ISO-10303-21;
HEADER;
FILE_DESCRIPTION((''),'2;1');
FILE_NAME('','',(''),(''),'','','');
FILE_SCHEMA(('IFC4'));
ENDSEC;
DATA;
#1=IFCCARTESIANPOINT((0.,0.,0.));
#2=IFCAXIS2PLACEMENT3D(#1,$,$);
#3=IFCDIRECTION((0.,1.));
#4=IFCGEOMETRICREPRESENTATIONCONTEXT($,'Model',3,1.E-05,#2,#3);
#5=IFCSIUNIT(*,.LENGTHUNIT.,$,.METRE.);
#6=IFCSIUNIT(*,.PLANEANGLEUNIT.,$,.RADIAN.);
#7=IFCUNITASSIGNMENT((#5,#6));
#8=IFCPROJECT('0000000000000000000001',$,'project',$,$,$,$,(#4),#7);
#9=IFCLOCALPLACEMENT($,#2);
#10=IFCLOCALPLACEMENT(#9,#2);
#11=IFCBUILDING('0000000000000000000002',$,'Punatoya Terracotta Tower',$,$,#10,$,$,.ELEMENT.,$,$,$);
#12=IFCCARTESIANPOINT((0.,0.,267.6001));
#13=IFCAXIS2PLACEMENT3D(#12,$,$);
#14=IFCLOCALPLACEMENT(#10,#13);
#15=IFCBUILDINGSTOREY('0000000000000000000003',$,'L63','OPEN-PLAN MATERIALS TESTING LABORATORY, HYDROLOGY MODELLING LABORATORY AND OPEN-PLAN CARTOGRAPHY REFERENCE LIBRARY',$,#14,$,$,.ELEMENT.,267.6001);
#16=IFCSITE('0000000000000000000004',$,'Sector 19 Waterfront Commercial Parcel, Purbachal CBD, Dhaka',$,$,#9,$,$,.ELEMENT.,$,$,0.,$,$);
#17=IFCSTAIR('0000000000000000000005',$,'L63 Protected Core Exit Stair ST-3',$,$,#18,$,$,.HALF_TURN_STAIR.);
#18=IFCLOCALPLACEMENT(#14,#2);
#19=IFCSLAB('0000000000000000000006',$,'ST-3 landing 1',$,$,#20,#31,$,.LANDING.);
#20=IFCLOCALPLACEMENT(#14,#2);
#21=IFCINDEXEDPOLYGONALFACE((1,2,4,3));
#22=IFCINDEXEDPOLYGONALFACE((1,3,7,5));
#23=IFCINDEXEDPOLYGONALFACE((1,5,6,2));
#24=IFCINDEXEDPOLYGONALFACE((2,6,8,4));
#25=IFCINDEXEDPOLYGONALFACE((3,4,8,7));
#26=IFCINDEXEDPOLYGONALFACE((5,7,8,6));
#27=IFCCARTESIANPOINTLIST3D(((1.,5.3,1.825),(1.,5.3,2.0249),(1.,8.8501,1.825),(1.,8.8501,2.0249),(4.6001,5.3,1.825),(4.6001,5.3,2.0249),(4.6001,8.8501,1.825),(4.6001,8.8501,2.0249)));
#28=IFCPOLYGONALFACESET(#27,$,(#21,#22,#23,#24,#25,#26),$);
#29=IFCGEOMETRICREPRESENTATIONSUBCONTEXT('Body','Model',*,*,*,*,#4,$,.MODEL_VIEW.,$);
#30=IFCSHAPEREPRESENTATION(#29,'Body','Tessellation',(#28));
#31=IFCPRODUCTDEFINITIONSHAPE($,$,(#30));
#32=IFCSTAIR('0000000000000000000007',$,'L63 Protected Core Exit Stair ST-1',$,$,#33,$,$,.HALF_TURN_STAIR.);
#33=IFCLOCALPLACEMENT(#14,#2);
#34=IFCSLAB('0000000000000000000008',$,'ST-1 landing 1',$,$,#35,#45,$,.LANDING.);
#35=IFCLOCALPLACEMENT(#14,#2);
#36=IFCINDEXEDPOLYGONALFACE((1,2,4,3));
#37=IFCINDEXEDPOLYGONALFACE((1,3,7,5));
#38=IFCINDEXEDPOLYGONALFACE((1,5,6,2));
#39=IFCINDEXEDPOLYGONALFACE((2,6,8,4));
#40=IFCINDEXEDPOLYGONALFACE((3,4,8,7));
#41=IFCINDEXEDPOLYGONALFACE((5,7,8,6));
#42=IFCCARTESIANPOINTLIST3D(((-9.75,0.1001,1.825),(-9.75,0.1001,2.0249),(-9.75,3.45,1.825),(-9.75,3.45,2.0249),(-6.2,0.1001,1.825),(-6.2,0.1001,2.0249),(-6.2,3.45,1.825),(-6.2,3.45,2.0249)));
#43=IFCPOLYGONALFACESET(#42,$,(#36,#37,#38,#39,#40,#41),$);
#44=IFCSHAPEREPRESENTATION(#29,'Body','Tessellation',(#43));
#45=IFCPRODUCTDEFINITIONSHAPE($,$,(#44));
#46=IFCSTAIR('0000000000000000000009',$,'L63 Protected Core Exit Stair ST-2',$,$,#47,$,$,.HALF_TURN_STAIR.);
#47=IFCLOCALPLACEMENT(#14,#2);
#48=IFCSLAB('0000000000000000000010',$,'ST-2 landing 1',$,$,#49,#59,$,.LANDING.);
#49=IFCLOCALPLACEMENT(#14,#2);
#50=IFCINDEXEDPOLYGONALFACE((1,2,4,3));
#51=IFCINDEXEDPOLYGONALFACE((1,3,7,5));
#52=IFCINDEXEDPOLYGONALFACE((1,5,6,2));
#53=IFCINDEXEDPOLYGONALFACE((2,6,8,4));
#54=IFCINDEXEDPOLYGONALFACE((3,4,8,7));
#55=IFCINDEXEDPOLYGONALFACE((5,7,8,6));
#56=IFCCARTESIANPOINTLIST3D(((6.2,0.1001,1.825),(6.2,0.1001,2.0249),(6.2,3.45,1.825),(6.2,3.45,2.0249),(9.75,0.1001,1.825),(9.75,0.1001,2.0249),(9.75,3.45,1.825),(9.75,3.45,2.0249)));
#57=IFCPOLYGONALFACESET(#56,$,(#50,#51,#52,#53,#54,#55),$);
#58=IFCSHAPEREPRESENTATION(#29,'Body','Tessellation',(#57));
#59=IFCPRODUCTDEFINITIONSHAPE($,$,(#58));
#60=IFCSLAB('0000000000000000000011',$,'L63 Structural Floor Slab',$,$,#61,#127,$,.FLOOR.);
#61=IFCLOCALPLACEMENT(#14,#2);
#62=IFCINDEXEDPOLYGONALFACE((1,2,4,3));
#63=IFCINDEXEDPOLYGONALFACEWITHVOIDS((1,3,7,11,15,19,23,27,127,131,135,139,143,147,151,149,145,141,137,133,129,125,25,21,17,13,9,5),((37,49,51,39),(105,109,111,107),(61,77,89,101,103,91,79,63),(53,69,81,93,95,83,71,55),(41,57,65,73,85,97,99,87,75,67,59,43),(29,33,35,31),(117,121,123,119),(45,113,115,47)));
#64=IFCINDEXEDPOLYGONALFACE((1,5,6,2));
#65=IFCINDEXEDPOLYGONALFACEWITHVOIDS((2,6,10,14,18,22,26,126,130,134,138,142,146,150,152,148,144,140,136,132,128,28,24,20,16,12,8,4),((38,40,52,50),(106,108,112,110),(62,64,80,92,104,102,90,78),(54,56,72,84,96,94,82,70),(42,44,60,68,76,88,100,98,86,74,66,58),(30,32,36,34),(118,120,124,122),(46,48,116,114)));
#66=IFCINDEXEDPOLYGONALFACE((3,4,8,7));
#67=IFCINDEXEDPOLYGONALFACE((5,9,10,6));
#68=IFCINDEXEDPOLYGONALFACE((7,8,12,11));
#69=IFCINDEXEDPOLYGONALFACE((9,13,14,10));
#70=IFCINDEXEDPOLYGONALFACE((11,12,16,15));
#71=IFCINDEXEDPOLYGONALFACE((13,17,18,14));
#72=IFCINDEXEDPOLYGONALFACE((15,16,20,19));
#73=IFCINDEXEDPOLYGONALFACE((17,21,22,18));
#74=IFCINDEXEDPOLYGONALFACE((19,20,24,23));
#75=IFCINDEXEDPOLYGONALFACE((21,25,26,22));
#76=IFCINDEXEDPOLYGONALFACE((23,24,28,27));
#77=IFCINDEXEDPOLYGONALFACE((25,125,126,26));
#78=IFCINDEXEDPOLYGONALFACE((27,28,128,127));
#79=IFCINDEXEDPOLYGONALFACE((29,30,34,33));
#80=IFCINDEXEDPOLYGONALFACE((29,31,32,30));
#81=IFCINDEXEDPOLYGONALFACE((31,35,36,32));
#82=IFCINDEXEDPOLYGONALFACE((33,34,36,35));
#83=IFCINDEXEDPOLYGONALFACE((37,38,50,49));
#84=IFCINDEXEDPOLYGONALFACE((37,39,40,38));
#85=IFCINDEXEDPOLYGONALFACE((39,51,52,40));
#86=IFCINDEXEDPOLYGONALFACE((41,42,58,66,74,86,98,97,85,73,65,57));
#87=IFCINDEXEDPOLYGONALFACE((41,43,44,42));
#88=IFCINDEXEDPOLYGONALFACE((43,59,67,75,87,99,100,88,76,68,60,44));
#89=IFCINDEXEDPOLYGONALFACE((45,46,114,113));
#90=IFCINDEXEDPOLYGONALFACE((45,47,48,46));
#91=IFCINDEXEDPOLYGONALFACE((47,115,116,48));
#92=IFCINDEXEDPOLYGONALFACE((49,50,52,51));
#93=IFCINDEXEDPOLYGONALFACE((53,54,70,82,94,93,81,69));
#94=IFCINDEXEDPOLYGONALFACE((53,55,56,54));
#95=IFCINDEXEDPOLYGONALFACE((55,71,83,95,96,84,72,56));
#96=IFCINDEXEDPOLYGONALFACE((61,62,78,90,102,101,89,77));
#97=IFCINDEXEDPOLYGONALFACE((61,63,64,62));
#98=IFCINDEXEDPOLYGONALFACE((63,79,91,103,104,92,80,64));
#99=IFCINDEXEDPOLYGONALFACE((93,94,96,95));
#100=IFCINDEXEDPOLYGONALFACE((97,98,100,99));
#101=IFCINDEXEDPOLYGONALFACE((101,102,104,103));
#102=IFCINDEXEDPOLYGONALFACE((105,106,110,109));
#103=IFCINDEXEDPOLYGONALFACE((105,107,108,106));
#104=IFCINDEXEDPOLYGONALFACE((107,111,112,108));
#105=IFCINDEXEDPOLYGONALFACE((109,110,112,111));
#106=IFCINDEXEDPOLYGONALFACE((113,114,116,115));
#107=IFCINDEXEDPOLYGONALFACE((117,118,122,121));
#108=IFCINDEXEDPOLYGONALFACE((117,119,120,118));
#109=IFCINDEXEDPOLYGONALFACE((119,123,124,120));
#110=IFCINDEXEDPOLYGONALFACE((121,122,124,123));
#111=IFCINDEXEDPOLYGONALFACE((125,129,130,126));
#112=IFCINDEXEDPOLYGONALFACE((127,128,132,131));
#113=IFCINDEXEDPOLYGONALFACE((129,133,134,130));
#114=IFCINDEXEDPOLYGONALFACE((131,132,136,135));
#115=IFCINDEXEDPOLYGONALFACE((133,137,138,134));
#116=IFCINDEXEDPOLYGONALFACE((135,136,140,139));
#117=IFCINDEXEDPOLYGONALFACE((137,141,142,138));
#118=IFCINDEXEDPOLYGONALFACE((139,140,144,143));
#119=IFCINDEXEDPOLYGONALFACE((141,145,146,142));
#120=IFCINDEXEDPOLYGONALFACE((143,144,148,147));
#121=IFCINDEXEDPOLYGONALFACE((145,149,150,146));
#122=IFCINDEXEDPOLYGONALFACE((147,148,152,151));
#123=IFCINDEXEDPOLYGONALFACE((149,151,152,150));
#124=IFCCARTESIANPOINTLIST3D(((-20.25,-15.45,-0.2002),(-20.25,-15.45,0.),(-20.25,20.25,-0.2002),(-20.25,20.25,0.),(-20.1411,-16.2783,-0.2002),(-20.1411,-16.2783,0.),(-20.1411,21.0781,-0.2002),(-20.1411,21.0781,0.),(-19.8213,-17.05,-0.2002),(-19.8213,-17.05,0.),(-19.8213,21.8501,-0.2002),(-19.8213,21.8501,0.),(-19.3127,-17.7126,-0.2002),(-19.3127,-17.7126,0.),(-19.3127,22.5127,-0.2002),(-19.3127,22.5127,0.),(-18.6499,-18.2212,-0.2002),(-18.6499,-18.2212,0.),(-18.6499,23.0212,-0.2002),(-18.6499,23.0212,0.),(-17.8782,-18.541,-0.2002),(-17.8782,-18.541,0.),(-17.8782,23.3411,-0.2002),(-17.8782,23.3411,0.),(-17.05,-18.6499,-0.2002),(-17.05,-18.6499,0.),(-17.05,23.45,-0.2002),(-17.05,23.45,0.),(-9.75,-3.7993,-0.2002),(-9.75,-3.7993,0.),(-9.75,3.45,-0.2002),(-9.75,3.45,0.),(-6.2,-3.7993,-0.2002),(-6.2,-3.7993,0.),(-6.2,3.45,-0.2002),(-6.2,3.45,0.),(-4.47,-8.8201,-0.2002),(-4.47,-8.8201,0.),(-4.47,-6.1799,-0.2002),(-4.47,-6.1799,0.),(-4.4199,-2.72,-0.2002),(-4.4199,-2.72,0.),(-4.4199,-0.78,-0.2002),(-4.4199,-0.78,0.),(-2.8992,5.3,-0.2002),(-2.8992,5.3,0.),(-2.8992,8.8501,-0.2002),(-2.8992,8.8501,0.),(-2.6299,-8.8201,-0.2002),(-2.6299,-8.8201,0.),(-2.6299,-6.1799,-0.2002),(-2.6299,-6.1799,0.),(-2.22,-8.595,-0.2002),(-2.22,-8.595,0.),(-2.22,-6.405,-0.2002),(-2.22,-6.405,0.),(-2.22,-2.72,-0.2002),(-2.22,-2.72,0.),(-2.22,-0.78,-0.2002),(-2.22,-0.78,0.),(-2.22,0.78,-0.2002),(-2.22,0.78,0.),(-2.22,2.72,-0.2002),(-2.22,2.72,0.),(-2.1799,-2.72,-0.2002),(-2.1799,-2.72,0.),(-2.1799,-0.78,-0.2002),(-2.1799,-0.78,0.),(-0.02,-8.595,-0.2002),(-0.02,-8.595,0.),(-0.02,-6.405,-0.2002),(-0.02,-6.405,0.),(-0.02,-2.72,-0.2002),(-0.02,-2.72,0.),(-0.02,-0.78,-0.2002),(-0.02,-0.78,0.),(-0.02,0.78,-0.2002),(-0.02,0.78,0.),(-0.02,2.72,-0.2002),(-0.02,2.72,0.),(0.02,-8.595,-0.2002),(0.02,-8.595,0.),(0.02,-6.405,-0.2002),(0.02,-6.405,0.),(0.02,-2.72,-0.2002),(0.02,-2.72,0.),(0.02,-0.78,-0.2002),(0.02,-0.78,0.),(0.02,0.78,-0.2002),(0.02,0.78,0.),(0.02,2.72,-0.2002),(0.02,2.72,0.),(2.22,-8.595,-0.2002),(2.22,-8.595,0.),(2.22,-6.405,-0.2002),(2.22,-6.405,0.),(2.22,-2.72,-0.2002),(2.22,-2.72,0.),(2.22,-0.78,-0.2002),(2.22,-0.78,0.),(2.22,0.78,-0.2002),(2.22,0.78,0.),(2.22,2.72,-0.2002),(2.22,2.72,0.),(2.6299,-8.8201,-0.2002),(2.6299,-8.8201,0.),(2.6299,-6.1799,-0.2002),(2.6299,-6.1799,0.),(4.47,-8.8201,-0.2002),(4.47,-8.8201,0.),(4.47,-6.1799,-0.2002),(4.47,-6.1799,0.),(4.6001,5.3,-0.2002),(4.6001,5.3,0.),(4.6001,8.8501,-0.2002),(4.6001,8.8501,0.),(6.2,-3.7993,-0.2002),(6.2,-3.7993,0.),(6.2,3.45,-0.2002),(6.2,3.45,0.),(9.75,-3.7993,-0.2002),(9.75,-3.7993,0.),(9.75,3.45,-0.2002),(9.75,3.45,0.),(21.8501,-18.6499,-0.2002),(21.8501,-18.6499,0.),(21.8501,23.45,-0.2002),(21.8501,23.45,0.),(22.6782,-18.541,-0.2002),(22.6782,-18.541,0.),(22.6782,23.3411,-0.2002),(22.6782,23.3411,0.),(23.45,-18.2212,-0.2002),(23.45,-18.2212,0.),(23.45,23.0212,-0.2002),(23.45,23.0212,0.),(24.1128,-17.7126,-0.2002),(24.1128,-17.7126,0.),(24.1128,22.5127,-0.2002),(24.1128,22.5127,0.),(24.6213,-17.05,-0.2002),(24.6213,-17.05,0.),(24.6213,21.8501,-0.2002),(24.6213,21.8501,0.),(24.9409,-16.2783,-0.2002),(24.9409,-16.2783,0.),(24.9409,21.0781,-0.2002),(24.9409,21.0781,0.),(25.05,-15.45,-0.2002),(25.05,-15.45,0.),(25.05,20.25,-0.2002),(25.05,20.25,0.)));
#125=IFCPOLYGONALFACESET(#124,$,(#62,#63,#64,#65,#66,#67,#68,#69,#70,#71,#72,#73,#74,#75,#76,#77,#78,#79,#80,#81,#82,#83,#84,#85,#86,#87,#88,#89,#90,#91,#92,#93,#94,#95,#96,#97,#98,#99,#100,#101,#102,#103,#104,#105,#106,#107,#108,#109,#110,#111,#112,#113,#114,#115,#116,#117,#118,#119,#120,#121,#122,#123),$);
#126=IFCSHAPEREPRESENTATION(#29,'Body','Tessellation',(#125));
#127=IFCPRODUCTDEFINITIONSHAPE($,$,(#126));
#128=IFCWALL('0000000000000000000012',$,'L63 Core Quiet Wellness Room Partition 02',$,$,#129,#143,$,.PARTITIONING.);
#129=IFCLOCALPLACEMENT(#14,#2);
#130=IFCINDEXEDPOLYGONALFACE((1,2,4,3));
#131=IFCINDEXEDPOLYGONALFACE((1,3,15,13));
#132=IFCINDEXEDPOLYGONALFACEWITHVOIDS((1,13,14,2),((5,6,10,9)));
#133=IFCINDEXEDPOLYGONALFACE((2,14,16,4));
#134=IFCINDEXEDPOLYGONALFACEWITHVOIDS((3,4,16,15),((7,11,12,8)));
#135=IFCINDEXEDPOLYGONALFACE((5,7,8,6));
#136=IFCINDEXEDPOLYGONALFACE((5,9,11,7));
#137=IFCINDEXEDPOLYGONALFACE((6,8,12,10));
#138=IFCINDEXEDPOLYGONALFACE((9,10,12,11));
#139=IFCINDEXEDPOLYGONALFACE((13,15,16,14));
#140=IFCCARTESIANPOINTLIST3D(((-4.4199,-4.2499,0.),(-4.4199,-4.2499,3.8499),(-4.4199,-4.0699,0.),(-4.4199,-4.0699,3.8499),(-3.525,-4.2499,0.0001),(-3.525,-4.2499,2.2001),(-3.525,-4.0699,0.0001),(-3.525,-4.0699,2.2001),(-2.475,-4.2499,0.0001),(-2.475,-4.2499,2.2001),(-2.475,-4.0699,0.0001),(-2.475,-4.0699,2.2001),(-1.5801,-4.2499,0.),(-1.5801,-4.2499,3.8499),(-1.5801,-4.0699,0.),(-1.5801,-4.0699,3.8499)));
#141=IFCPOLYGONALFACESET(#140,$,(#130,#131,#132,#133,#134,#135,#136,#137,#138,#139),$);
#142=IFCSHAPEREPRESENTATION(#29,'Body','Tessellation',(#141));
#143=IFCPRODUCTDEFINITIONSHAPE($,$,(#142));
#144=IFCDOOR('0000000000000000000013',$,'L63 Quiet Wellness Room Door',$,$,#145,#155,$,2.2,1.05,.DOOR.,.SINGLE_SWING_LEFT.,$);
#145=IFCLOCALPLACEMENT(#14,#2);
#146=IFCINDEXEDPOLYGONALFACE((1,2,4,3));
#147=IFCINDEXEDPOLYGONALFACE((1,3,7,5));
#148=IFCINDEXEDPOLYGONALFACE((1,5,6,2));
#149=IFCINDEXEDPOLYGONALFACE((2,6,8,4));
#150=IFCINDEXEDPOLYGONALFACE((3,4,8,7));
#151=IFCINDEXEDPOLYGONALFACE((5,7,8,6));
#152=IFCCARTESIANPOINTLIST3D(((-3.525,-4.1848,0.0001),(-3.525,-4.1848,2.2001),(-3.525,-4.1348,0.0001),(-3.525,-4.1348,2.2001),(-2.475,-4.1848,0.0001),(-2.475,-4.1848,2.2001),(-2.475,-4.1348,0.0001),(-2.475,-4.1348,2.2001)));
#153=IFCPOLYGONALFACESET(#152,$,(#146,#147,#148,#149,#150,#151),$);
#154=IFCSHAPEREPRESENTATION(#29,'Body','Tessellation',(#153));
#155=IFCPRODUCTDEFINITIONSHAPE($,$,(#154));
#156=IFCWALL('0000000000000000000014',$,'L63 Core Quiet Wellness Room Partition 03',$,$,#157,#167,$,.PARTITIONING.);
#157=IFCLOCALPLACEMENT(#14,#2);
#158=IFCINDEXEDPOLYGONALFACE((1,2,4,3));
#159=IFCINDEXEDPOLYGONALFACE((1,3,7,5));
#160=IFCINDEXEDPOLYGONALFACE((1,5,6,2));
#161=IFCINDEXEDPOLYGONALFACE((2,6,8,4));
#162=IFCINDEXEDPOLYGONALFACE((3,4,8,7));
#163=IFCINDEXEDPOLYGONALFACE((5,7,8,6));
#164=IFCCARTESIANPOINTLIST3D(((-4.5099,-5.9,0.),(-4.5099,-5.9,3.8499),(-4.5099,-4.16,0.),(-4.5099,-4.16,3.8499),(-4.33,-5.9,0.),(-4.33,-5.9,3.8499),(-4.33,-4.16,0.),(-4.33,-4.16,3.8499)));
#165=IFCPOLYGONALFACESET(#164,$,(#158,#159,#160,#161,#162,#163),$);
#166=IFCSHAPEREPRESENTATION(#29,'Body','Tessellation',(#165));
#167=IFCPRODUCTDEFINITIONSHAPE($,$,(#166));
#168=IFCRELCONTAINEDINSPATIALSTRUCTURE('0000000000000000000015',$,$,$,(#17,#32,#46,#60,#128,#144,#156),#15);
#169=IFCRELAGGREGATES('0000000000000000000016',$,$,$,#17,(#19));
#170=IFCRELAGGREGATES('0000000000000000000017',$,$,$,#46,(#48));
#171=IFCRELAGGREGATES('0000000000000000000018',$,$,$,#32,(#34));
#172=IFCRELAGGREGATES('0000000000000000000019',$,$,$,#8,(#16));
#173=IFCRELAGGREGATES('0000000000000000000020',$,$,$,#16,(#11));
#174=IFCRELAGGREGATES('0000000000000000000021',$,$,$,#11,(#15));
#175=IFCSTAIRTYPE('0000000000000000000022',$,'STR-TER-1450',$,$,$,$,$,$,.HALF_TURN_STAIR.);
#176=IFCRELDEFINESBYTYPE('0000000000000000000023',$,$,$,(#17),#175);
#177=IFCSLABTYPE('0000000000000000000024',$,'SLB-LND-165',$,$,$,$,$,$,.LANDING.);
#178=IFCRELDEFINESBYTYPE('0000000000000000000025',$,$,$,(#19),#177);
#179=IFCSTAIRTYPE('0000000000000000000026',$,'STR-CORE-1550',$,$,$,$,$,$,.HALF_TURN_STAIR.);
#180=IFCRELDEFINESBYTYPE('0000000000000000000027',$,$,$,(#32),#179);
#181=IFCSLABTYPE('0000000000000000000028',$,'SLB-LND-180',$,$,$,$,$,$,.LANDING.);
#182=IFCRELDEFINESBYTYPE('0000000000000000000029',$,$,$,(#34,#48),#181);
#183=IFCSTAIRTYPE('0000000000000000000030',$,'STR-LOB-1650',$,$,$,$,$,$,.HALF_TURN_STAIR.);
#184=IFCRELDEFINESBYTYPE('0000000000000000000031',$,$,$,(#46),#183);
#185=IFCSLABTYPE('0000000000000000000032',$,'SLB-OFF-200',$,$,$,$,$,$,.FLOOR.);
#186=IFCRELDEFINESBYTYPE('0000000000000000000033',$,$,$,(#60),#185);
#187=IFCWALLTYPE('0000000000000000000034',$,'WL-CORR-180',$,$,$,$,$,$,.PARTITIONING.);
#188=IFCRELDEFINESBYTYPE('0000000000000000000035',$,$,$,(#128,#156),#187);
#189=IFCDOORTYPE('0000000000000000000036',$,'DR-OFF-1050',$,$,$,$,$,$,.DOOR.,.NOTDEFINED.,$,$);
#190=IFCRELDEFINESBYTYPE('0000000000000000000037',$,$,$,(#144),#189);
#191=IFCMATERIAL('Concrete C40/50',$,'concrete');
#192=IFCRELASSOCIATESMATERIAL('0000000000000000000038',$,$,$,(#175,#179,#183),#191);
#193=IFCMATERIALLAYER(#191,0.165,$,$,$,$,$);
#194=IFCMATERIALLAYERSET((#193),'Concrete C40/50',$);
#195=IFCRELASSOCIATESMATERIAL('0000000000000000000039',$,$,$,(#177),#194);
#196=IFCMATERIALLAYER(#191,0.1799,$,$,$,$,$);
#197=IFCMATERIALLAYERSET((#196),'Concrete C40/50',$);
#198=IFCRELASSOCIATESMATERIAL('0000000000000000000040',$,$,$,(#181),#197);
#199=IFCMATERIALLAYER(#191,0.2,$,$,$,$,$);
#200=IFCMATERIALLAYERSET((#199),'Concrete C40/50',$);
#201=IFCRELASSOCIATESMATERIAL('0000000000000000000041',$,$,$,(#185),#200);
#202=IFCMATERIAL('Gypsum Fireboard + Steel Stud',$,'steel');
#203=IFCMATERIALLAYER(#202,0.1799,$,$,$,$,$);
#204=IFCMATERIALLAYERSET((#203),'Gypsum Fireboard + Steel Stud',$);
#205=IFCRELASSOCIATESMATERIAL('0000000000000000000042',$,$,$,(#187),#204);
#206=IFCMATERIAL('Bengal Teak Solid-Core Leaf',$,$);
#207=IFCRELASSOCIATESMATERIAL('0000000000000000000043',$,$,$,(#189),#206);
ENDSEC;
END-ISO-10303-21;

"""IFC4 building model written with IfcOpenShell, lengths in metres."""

from ifc_helpers import new_model, si_unit, direction, frame, frame_2d, origin, place, context, subcontext, project, spatial, polyline, rectangle, outline, extrude, material, layer, layer_set, type_object, element, fill, aggregate, save


model = new_model("IFC4")

# Units and contexts
model_context = context("Model", 3, precision=1e-05, world=origin(), true_north=direction((0.0, 1.0)))
body_context = subcontext(model_context, "Body", "Model", "MODEL_VIEW")
ifc_project = project(units=[si_unit("LENGTHUNIT", "METRE"), si_unit("PLANEANGLEUNIT", "RADIAN")], contexts=[model_context])

# Site, building, storey
site_placement = place(None, origin())
site = spatial("IfcSite", under=ifc_project, at=site_placement, Name="Sector 19 Waterfront Commercial Parcel, Purbachal CBD, Dhaka", CompositionType="ELEMENT", RefElevation=0.0)
building_placement = place(site_placement, origin())
building = spatial("IfcBuilding", under=site, at=building_placement, Name="Punatoya Terracotta Tower", CompositionType="ELEMENT")
storey_placement = place(building_placement, frame((0.0, 0.0, 267.6001)))
storey = spatial("IfcBuildingStorey", under=building, at=storey_placement, Name="L63", Description="OPEN-PLAN MATERIALS TESTING LABORATORY, HYDROLOGY MODELLING LABORATORY AND OPEN-PLAN CARTOGRAPHY REFERENCE LIBRARY", CompositionType="ELEMENT", Elevation=267.6001)

# Stairs, slabs
ifc_material_1 = material(Name="Concrete C40/50", Category="concrete")
stair_type_1 = type_object("IfcStairType", Name="STR-TER-1450", PredefinedType="HALF_TURN_STAIR", material=ifc_material_1)
stair_1_placement = place(storey_placement, origin())
stair_1 = element("IfcStair", 1, at=stair_1_placement, inside=storey, type_object=stair_type_1, Name="L63 Protected Core Exit Stair ST-3", PredefinedType="HALF_TURN_STAIR")
ifc_layer_1 = layer(ifc_material_1, 0.165)
ifc_layer_set_1 = layer_set([ifc_layer_1], Name="Concrete C40/50")
slab_type_1 = type_object("IfcSlabType", Name="SLB-LND-165", PredefinedType="LANDING", material=ifc_layer_set_1)
slab_1_placement = place(storey_placement, frame((0.0, 0.0, 1.825)))
slab_1 = element("IfcSlab", 2, at=slab_1_placement, type_object=slab_type_1, Name="ST-3 landing 1", PredefinedType="LANDING", context=body_context, shape_type="SweptSolid", body=[
    extrude(outline(polyline([(1.0, 5.3), (4.6001, 5.3), (4.6001, 8.8501), (1.0, 8.8501), (1.0, 5.3)])), origin(), (0.0, 0.0, 1.0), 0.2),
])
aggregate(stair_1, [slab_1])
stair_type_2 = type_object("IfcStairType", Name="STR-CORE-1550", PredefinedType="HALF_TURN_STAIR", material=ifc_material_1)
stair_2_placement = place(storey_placement, origin())
stair_2 = element("IfcStair", 3, at=stair_2_placement, inside=storey, type_object=stair_type_2, Name="L63 Protected Core Exit Stair ST-1", PredefinedType="HALF_TURN_STAIR")
ifc_layer_2 = layer(ifc_material_1, 0.1799)
ifc_layer_set_2 = layer_set([ifc_layer_2], Name="Concrete C40/50")
slab_type_2 = type_object("IfcSlabType", Name="SLB-LND-180", PredefinedType="LANDING", material=ifc_layer_set_2)
slab_2_placement = place(storey_placement, frame((0.0, 0.0, 1.825)))
slab_2 = element("IfcSlab", 4, at=slab_2_placement, type_object=slab_type_2, Name="ST-1 landing 1", PredefinedType="LANDING", context=body_context, shape_type="SweptSolid", body=[
    extrude(outline(polyline([(-6.2, 0.1001), (-6.2, 3.45), (-9.75, 3.45), (-9.75, 0.1001), (-6.2, 0.1001)])), origin(), (0.0, 0.0, 1.0), 0.2),
])
stair_type_3 = type_object("IfcStairType", Name="STR-LOB-1650", PredefinedType="HALF_TURN_STAIR", material=ifc_material_1)
stair_3_placement = place(storey_placement, origin())
stair_3 = element("IfcStair", 5, at=stair_3_placement, inside=storey, type_object=stair_type_3, Name="L63 Protected Core Exit Stair ST-2", PredefinedType="HALF_TURN_STAIR")
slab_3_placement = place(storey_placement, frame((0.0, 0.0, 1.825)))
slab_3 = element("IfcSlab", 6, at=slab_3_placement, type_object=slab_type_2, Name="ST-2 landing 1", PredefinedType="LANDING", context=body_context, shape_type="SweptSolid", body=[
    extrude(outline(polyline([(9.75, 0.1001), (9.75, 3.45), (6.2, 3.45), (6.2, 0.1001), (9.75, 0.1001)])), origin(), (0.0, 0.0, 1.0), 0.2),
])
aggregate(stair_3, [slab_3])

# Slab
ifc_layer_3 = layer(ifc_material_1, 0.2)
ifc_layer_set_3 = layer_set([ifc_layer_3], Name="Concrete C40/50")
slab_type_3 = type_object("IfcSlabType", Name="SLB-OFF-200", PredefinedType="FLOOR", material=ifc_layer_set_3)
slab_4_placement = place(storey_placement, frame((0.0, 0.0, -0.2002)))
element("IfcSlab", 7, at=slab_4_placement, inside=storey, type_object=slab_type_3, Name="L63 Structural Floor Slab", PredefinedType="FLOOR", context=body_context, shape_type="SweptSolid", body=[
    extrude(outline(polyline([(-17.05, -18.6499), (-17.8782, -18.541), (-18.6499, -18.2212), (-19.3127, -17.7126), (-19.8213, -17.05), (-20.1411, -16.2783), (-20.25, -15.45), (-20.25, 20.25), (-20.1411, 21.0781), (-19.8213, 21.8501), (-19.3127, 22.5127), (-18.6499, 23.0212), (-17.8782, 23.3411), (-17.05, 23.45), (21.8501, 23.45), (22.6782, 23.3411), (23.45, 23.0212), (24.1128, 22.5127), (24.6213, 21.8501), (24.9409, 21.0781), (25.05, 20.25), (25.05, -15.45), (24.9409, -16.2783), (24.6213, -17.05), (24.1128, -17.7126), (23.45, -18.2212), (22.6782, -18.541), (21.8501, -18.6499), (-17.05, -18.6499)]), holes=[polyline([(-2.6299, -6.1799), (-4.47, -6.1799), (-4.47, -8.8201), (-2.6299, -8.8201), (-2.6299, -6.1799)]), polyline([(0.02, -8.595), (2.22, -8.595), (2.22, -6.405), (0.02, -6.405), (-0.02, -6.405), (-2.22, -6.405), (-2.22, -8.595), (-0.02, -8.595), (0.02, -8.595)]), polyline([(-2.22, -2.72), (-2.1799, -2.72), (-0.02, -2.72), (0.02, -2.72), (2.22, -2.72), (2.22, -0.78), (0.02, -0.78), (-0.02, -0.78), (-2.1799, -0.78), (-2.22, -0.78), (-4.4199, -0.78), (-4.4199, -2.72), (-2.22, -2.72)]), polyline([(-6.2, 3.45), (-9.75, 3.45), (-9.75, -3.7993), (-6.2, -3.7993), (-6.2, 3.45)]), polyline([(0.02, 0.78), (2.22, 0.78), (2.22, 2.72), (0.02, 2.72), (-0.02, 2.72), (-2.22, 2.72), (-2.22, 0.78), (-0.02, 0.78), (0.02, 0.78)]), polyline([(4.47, -8.8201), (4.47, -6.1799), (2.6299, -6.1799), (2.6299, -8.8201), (4.47, -8.8201)]), polyline([(6.2, 3.45), (6.2, -3.7993), (9.75, -3.7993), (9.75, 3.45), (6.2, 3.45)]), polyline([(4.6001, 5.3), (4.6001, 8.8501), (-2.8992, 8.8501), (-2.8992, 5.3), (4.6001, 5.3)])]), origin(), (0.0, 0.0, 1.0), 0.2002),
])

# Wall, opening, door
ifc_material_2 = material(Name="Gypsum Fireboard + Steel Stud", Category="steel")
ifc_layer_4 = layer(ifc_material_2, 0.1799)
ifc_layer_set_4 = layer_set([ifc_layer_4], Name="Gypsum Fireboard + Steel Stud")
wall_type_1 = type_object("IfcWallType", Name="WL-CORR-180", PredefinedType="PARTITIONING", material=ifc_layer_set_4)
wall_1_placement = place(storey_placement, frame((-1.5801, -4.1599, 0.0), z_axis=(0.0, 0.0, 1.0), x_axis=(-1.0, 0.0, 0.0)))
wall_1 = element("IfcWall", 8, at=wall_1_placement, inside=storey, type_object=wall_type_1, Name="L63 Core Quiet Wellness Room Partition 02", PredefinedType="PARTITIONING", context=body_context, shape_type="SweptSolid", body=[
    extrude(rectangle(XDim=2.8398, YDim=0.1799, at=frame_2d((1.4199, 0.0))), origin(), (0.0, 0.0, 1.0), 3.8499),
])
opening_1_placement = place(wall_1_placement, frame((0.895, 0.0, 0.0)))
opening_1 = element("IfcOpeningElement", 9, at=opening_1_placement, cuts=wall_1, PredefinedType="OPENING", context=body_context, shape_type="SweptSolid", body=[
    extrude(rectangle(XDim=1.05, YDim=2.2, at=frame_2d((0.5249, 1.1001))), frame((0.0, 0.0999, 0.0), z_axis=(0.0, -1.0, 0.0), x_axis=(1.0, 0.0, 0.0)), (0.0, 0.0, 1.0), 0.2),
])
ifc_material_3 = material(Name="Bengal Teak Solid-Core Leaf")
door_type_1 = type_object("IfcDoorType", Name="DR-OFF-1050", OperationType="NOTDEFINED", PredefinedType="DOOR", material=ifc_material_3)
door_1_placement = place(opening_1_placement, origin())
door_1 = element("IfcDoor", 10, at=door_1_placement, inside=storey, type_object=door_type_1, Name="L63 Quiet Wellness Room Door", OperationType="SINGLE_SWING_LEFT", OverallHeight=2.2, OverallWidth=1.05, PredefinedType="DOOR", context=body_context, shape_type="SweptSolid", body=[
    extrude(rectangle(XDim=1.05, YDim=2.2, at=frame_2d((0.5249, 1.1001))), frame((0.0, 0.0249, 0.0), z_axis=(0.0, -1.0, 0.0), x_axis=(1.0, 0.0, 0.0)), (0.0, 0.0, 1.0), 0.05),
])
fill(opening_1, door_1)

# Wall
wall_2_placement = place(storey_placement, frame((-4.4199, -4.1599, 0.0), z_axis=(0.0, 0.0, 1.0), x_axis=(0.0, -1.0, 0.0)))
element("IfcWall", 11, at=wall_2_placement, inside=storey, type_object=wall_type_1, Name="L63 Core Quiet Wellness Room Partition 03", PredefinedType="PARTITIONING", context=body_context, shape_type="SweptSolid", body=[
    extrude(rectangle(XDim=1.74, YDim=0.1799, at=frame_2d((0.8701, 0.0))), origin(), (0.0, 0.0, 1.0), 3.8499),
])

aggregate(stair_2, [slab_2])

save(model, "model.ifc")
